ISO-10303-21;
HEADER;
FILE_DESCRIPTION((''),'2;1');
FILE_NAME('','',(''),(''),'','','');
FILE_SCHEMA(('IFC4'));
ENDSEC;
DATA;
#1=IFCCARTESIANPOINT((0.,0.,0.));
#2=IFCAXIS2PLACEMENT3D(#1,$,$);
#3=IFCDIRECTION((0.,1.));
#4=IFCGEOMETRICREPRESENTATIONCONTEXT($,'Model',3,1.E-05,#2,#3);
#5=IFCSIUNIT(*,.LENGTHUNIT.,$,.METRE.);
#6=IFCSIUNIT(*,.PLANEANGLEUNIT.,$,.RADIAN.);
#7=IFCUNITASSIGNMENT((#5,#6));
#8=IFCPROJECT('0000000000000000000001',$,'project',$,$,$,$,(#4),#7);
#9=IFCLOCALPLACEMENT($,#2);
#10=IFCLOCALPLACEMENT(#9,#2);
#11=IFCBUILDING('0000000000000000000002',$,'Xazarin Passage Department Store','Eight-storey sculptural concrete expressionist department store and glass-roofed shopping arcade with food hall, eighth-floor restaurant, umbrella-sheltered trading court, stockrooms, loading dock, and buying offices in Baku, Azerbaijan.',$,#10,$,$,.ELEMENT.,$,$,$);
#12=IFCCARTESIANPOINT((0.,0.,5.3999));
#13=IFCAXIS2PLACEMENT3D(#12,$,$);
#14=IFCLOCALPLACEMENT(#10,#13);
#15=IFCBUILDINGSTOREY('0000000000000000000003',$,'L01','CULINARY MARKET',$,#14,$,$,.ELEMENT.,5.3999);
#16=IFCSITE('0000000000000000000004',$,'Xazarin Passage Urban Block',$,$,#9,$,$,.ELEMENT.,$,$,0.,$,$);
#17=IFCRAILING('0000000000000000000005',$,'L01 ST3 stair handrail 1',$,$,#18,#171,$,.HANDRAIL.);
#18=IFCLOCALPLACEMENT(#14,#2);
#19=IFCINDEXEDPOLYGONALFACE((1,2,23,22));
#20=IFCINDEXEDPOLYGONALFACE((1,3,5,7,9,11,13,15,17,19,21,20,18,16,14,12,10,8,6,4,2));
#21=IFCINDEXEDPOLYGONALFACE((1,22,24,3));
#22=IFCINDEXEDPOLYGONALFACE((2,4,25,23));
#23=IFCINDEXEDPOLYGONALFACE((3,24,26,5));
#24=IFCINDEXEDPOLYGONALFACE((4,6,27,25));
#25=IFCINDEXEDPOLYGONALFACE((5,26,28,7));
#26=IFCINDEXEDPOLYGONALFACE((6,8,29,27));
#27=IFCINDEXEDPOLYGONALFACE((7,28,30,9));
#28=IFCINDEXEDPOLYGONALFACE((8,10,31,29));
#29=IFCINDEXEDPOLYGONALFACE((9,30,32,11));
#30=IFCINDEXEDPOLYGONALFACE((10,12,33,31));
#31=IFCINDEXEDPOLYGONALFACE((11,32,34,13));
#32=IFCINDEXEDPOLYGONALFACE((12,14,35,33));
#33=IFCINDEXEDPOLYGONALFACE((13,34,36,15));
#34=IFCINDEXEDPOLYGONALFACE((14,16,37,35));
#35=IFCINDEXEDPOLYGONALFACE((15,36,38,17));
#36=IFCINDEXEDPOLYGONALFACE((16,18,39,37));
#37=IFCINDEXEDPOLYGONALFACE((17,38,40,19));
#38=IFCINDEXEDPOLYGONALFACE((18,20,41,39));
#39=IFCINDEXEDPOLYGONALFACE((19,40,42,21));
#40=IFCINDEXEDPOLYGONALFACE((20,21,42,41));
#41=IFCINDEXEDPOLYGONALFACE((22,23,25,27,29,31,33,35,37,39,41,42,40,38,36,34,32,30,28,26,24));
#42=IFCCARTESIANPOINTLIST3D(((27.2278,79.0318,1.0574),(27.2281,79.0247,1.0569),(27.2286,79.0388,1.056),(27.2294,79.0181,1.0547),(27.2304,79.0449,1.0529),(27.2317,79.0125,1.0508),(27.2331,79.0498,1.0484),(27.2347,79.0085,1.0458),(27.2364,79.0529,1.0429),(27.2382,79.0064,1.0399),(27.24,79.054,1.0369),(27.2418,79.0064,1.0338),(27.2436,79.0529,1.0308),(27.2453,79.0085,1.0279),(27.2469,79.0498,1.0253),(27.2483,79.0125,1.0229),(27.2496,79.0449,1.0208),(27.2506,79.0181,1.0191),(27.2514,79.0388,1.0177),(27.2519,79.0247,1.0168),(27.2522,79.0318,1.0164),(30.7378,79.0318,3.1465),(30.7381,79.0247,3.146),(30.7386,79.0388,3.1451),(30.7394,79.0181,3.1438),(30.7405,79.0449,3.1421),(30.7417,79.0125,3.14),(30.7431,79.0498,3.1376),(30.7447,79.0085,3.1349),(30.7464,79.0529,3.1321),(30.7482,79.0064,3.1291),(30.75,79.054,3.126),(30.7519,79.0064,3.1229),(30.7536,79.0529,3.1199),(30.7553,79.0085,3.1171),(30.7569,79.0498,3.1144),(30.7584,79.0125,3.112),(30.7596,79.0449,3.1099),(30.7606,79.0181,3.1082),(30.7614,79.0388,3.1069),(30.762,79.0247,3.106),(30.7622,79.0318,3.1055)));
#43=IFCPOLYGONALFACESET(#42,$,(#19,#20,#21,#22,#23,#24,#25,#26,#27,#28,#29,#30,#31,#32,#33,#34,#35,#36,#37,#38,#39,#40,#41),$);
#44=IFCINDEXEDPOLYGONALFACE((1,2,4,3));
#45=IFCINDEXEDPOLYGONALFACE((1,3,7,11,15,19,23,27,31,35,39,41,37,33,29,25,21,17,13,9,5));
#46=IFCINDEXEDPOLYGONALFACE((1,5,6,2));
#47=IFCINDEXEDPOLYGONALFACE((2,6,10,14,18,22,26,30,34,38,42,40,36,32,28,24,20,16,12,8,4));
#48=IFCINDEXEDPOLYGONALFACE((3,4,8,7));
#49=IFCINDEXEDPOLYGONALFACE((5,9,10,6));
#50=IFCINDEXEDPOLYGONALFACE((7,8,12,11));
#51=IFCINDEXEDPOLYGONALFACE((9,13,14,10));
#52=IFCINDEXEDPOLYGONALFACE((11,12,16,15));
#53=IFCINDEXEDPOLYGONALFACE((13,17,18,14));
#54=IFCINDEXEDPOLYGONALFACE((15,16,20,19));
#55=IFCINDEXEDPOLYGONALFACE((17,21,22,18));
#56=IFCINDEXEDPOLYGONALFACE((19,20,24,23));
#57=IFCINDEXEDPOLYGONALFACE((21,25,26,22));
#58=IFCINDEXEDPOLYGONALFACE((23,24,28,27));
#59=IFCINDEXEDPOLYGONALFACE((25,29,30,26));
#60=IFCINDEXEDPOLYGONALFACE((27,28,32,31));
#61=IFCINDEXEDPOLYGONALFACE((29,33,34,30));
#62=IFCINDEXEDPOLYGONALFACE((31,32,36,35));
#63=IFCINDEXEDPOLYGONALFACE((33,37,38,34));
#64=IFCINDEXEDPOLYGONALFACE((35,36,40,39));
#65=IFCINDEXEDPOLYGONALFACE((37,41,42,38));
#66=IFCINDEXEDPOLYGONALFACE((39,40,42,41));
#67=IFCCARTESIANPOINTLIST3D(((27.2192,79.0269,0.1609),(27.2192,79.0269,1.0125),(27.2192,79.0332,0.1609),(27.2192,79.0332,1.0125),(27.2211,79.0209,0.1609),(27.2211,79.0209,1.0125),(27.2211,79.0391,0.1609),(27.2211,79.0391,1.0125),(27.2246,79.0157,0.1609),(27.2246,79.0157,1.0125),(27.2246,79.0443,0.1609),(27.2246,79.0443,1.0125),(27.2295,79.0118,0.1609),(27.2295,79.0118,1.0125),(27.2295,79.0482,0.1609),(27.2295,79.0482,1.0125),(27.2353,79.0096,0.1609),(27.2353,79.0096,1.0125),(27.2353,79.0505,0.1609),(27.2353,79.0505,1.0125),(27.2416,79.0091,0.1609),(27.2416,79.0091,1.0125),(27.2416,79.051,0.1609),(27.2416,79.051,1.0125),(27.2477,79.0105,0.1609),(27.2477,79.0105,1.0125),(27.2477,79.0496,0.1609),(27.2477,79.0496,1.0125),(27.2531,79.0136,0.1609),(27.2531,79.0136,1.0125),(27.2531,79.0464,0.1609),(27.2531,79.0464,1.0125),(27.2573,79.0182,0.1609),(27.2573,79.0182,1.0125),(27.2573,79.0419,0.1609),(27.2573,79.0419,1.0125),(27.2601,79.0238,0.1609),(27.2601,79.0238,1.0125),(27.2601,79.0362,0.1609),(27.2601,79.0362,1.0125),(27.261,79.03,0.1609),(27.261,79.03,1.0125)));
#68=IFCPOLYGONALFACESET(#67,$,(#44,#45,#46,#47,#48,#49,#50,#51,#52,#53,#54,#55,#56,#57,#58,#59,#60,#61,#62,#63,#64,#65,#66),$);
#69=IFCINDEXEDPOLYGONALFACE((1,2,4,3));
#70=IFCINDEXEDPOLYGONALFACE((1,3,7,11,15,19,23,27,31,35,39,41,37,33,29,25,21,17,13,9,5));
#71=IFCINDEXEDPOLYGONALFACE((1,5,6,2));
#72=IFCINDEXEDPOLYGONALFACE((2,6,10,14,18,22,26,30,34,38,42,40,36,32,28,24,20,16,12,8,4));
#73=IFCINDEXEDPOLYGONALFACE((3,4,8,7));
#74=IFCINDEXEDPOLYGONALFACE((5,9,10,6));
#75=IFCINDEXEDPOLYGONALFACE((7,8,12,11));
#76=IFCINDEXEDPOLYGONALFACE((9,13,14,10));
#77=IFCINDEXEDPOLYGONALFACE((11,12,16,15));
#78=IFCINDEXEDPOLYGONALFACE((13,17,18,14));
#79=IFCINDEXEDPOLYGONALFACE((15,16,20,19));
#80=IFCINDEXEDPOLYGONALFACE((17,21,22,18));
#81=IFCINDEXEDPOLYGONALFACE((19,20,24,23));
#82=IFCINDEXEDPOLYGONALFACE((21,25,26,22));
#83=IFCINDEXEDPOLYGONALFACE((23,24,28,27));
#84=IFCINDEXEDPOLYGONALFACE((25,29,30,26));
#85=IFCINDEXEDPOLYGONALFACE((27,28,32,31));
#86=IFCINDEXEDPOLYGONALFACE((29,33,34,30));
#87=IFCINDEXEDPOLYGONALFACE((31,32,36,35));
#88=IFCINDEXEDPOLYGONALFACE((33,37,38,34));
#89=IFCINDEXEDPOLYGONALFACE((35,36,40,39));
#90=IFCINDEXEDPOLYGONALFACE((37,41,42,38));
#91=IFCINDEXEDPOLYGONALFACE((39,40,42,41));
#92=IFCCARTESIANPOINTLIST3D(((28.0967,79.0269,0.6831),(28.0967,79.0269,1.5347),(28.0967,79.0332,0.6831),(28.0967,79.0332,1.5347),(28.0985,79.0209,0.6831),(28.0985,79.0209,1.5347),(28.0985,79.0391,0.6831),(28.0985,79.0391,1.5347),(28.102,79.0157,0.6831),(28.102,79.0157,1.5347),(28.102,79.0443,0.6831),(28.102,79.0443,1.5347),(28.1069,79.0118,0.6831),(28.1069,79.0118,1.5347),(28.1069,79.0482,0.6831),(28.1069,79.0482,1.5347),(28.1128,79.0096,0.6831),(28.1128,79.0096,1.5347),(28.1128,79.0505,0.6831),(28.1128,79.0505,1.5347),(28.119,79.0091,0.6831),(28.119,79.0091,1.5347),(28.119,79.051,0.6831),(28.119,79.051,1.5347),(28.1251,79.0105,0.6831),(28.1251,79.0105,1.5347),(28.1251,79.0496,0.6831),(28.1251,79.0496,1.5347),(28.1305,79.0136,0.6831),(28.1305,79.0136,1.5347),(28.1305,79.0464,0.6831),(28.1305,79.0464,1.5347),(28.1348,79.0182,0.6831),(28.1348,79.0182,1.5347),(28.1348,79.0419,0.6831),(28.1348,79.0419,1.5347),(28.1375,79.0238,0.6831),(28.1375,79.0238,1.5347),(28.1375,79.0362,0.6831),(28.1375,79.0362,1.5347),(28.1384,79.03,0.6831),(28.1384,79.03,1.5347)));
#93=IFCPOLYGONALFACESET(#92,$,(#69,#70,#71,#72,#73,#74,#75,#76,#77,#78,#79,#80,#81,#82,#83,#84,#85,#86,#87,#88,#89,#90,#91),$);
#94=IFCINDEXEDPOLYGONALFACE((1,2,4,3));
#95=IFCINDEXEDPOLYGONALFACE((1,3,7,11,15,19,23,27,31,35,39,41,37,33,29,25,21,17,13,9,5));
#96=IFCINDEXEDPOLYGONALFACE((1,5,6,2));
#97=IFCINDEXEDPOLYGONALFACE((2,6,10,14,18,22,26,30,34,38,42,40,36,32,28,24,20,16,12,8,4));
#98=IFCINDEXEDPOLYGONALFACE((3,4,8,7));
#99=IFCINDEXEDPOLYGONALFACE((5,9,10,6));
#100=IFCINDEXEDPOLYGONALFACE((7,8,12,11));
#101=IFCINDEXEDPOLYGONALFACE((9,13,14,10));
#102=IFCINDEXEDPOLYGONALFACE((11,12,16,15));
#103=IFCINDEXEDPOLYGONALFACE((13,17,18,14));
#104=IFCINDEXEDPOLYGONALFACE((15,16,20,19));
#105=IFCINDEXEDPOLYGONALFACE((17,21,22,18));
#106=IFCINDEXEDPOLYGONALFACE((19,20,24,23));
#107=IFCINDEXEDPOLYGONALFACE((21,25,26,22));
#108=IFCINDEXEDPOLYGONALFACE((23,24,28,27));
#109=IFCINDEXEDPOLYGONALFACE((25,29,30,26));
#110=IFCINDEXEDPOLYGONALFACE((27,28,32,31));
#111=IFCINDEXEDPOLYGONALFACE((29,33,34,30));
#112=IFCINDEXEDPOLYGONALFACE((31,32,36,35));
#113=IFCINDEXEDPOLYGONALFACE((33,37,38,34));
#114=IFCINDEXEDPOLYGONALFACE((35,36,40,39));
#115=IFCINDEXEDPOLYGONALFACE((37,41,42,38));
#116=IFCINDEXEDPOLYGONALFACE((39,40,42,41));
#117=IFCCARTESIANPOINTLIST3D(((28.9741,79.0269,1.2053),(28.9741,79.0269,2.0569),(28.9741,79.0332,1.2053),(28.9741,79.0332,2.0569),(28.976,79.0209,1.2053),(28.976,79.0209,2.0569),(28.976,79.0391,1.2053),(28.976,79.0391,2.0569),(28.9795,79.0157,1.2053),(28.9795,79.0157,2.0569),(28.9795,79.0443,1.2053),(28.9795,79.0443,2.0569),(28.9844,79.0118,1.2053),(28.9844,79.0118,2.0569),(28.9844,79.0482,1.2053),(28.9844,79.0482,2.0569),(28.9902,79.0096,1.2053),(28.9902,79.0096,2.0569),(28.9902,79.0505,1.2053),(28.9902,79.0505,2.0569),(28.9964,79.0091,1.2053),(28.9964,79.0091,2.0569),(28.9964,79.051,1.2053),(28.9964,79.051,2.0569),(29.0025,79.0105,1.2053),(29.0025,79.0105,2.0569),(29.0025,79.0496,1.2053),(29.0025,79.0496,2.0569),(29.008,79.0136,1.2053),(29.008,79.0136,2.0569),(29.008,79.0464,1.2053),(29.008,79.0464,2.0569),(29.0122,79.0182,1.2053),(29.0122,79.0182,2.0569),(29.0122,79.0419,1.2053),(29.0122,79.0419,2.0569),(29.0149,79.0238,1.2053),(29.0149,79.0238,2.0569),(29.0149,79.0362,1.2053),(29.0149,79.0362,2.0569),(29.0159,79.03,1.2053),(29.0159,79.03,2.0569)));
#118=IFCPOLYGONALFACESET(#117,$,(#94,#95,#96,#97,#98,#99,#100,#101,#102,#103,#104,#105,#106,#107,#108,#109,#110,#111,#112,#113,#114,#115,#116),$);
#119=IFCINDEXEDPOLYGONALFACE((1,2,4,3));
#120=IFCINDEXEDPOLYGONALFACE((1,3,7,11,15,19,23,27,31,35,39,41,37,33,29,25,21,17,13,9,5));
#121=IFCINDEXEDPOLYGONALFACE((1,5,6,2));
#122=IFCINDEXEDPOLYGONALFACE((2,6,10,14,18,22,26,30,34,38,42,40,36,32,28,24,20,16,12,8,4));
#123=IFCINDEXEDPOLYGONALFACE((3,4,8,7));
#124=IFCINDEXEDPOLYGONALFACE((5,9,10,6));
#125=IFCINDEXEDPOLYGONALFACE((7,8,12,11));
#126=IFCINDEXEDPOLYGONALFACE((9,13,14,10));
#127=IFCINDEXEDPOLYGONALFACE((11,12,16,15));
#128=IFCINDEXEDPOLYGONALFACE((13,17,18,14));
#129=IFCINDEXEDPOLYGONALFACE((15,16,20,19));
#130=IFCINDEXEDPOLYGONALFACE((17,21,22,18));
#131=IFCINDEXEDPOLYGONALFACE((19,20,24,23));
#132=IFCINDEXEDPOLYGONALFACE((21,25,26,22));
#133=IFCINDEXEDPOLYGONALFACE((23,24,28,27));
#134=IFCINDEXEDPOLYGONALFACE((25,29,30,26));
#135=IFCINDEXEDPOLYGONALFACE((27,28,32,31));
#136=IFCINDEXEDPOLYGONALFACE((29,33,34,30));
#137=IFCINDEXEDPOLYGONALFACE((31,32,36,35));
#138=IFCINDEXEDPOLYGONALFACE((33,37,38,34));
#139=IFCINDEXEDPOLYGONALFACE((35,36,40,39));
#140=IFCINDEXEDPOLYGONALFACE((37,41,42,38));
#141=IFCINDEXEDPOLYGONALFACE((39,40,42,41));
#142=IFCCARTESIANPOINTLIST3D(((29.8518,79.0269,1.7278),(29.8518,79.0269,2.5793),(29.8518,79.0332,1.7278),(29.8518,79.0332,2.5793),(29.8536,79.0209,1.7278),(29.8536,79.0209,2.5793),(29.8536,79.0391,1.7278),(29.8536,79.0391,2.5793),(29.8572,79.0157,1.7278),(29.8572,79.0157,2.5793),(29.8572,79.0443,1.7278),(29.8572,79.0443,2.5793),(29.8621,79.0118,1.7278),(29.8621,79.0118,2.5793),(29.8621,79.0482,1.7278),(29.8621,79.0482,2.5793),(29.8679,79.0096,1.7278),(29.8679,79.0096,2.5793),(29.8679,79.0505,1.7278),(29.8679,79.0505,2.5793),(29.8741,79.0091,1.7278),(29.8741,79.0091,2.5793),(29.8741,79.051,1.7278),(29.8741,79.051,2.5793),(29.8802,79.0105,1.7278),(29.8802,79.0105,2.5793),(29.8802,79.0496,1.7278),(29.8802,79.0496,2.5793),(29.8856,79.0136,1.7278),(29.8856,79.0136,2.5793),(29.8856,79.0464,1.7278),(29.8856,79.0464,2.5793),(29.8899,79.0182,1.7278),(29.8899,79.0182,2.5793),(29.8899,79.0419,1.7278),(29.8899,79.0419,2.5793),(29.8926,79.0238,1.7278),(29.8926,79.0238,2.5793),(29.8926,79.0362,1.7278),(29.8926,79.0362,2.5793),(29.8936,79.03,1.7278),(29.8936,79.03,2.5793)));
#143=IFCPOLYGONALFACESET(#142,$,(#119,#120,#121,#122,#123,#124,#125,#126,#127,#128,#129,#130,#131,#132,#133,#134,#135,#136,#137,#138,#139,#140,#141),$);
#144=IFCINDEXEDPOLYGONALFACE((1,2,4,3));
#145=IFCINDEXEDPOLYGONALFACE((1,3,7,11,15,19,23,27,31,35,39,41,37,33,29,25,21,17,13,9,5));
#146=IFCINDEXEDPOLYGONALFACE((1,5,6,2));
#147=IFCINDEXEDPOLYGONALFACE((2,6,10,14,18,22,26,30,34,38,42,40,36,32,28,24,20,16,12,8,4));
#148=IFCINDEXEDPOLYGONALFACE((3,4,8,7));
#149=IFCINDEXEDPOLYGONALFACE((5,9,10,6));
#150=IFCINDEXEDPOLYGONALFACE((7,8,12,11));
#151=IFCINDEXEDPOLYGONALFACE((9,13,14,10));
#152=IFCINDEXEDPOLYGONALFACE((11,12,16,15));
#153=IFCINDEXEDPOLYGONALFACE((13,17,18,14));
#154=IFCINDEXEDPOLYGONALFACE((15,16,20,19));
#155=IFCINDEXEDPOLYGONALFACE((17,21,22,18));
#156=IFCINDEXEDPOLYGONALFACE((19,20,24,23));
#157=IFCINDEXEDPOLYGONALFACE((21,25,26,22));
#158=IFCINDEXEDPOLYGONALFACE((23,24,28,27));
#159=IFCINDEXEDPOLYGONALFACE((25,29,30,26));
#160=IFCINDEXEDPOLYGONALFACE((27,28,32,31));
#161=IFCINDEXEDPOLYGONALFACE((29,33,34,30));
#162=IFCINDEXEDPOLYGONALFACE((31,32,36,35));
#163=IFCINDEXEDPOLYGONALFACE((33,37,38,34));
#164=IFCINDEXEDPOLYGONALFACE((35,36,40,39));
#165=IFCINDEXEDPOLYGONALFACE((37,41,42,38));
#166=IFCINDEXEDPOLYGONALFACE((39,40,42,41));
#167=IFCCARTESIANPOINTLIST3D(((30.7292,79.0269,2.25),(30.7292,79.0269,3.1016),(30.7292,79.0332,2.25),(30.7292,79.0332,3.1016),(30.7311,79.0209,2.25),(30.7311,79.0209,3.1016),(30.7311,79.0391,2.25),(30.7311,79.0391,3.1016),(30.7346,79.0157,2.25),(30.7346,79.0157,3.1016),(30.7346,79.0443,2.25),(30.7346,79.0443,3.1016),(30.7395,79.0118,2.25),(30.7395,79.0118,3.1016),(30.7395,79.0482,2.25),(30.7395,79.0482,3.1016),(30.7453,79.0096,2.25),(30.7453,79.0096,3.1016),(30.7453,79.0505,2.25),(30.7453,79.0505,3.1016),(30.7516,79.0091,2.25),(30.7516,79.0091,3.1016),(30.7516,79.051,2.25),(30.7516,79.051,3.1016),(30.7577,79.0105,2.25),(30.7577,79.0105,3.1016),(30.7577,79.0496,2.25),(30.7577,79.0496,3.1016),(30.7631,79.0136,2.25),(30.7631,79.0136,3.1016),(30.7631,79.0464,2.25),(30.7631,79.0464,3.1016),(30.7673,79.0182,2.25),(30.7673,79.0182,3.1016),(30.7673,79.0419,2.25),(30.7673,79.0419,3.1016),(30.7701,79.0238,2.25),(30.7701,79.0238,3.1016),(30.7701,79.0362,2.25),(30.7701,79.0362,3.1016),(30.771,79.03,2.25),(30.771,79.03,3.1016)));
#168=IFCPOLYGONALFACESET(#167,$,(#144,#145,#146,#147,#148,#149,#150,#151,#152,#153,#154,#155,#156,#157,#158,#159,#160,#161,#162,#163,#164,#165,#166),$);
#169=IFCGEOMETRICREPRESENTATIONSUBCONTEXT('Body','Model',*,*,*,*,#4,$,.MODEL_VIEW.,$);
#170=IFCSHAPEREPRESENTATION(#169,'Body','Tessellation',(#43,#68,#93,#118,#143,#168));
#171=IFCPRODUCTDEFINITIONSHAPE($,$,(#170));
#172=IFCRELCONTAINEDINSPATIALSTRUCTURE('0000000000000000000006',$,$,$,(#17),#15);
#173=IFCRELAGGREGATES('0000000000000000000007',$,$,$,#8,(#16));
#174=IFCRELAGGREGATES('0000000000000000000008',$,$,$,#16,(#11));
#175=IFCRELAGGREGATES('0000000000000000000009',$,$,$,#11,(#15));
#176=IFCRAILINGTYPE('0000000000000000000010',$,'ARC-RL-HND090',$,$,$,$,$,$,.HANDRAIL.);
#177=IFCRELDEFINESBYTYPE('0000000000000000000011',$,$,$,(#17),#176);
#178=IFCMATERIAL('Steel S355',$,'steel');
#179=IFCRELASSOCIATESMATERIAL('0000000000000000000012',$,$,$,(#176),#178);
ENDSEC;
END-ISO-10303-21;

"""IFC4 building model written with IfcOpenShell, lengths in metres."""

from ifc_helpers import new_model, si_unit, direction, frame, origin, origin_2d, place, context, subcontext, project, spatial, circle, extrude, material, type_object, element, save


model = new_model("IFC4")

# Units and contexts
model_context = context("Model", 3, precision=1e-05, world=origin(), true_north=direction((0.0, 1.0)))
body_context = subcontext(model_context, "Body", "Model", "MODEL_VIEW")
ifc_project = project(units=[si_unit("LENGTHUNIT", "METRE"), si_unit("PLANEANGLEUNIT", "RADIAN")], contexts=[model_context])

# Site, building, storey
site_placement = place(None, origin())
site = spatial("IfcSite", under=ifc_project, at=site_placement, Name="Xazarin Passage Urban Block", CompositionType="ELEMENT", RefElevation=0.0)
building_placement = place(site_placement, origin())
building = spatial("IfcBuilding", under=site, at=building_placement, Name="Xazarin Passage Department Store", Description="Eight-storey sculptural concrete expressionist department store and glass-roofed shopping arcade with food hall, eighth-floor restaurant, umbrella-sheltered trading court, stockrooms, loading dock, and buying offices in Baku, Azerbaijan.", CompositionType="ELEMENT")
storey_placement = place(building_placement, frame((0.0, 0.0, 5.3999)))
storey = spatial("IfcBuildingStorey", under=building, at=storey_placement, Name="L01", Description="CULINARY MARKET", CompositionType="ELEMENT", Elevation=5.3999)

# Shared definitions
ifc_material_1 = material(Name="Steel S355", Category="steel")

# Railing
railing_type_1 = type_object("IfcRailingType", Name="ARC-RL-HND090", PredefinedType="HANDRAIL", material=ifc_material_1)
railing_1_placement = place(storey_placement, frame((27.24, 79.03, 0.1609)))
element("IfcRailing", 1, at=railing_1_placement, inside=storey, type_object=railing_type_1, Name="L01 ST3 stair handrail 1", PredefinedType="HANDRAIL", context=body_context, shape_type="SweptSolid", body=[
    extrude(circle(Radius=0.0239, at=origin_2d()), frame((0.0, 0.0, 0.876), z_axis=(0.859312, 0.0, 0.511451), x_axis=(0.0, 1.0, 0.0)), (0.0, 0.0, 1.0), 4.0847),
    extrude(circle(Radius=0.021, at=origin_2d()), origin(), (0.0, 0.0, 1.0), 0.8516),
    extrude(circle(Radius=0.021, at=origin_2d()), frame((0.8774, 0.0, 0.5222)), (0.0, 0.0, 1.0), 0.8516),
    extrude(circle(Radius=0.021, at=origin_2d()), frame((1.7549, 0.0, 1.0444)), (0.0, 0.0, 1.0), 0.8516),
    extrude(circle(Radius=0.021, at=origin_2d()), frame((2.6326, 0.0, 1.5669)), (0.0, 0.0, 1.0), 0.8516),
    extrude(circle(Radius=0.021, at=origin_2d()), frame((3.51, 0.0, 2.0891)), (0.0, 0.0, 1.0), 0.8516),
])

save(model, "model.ifc")
